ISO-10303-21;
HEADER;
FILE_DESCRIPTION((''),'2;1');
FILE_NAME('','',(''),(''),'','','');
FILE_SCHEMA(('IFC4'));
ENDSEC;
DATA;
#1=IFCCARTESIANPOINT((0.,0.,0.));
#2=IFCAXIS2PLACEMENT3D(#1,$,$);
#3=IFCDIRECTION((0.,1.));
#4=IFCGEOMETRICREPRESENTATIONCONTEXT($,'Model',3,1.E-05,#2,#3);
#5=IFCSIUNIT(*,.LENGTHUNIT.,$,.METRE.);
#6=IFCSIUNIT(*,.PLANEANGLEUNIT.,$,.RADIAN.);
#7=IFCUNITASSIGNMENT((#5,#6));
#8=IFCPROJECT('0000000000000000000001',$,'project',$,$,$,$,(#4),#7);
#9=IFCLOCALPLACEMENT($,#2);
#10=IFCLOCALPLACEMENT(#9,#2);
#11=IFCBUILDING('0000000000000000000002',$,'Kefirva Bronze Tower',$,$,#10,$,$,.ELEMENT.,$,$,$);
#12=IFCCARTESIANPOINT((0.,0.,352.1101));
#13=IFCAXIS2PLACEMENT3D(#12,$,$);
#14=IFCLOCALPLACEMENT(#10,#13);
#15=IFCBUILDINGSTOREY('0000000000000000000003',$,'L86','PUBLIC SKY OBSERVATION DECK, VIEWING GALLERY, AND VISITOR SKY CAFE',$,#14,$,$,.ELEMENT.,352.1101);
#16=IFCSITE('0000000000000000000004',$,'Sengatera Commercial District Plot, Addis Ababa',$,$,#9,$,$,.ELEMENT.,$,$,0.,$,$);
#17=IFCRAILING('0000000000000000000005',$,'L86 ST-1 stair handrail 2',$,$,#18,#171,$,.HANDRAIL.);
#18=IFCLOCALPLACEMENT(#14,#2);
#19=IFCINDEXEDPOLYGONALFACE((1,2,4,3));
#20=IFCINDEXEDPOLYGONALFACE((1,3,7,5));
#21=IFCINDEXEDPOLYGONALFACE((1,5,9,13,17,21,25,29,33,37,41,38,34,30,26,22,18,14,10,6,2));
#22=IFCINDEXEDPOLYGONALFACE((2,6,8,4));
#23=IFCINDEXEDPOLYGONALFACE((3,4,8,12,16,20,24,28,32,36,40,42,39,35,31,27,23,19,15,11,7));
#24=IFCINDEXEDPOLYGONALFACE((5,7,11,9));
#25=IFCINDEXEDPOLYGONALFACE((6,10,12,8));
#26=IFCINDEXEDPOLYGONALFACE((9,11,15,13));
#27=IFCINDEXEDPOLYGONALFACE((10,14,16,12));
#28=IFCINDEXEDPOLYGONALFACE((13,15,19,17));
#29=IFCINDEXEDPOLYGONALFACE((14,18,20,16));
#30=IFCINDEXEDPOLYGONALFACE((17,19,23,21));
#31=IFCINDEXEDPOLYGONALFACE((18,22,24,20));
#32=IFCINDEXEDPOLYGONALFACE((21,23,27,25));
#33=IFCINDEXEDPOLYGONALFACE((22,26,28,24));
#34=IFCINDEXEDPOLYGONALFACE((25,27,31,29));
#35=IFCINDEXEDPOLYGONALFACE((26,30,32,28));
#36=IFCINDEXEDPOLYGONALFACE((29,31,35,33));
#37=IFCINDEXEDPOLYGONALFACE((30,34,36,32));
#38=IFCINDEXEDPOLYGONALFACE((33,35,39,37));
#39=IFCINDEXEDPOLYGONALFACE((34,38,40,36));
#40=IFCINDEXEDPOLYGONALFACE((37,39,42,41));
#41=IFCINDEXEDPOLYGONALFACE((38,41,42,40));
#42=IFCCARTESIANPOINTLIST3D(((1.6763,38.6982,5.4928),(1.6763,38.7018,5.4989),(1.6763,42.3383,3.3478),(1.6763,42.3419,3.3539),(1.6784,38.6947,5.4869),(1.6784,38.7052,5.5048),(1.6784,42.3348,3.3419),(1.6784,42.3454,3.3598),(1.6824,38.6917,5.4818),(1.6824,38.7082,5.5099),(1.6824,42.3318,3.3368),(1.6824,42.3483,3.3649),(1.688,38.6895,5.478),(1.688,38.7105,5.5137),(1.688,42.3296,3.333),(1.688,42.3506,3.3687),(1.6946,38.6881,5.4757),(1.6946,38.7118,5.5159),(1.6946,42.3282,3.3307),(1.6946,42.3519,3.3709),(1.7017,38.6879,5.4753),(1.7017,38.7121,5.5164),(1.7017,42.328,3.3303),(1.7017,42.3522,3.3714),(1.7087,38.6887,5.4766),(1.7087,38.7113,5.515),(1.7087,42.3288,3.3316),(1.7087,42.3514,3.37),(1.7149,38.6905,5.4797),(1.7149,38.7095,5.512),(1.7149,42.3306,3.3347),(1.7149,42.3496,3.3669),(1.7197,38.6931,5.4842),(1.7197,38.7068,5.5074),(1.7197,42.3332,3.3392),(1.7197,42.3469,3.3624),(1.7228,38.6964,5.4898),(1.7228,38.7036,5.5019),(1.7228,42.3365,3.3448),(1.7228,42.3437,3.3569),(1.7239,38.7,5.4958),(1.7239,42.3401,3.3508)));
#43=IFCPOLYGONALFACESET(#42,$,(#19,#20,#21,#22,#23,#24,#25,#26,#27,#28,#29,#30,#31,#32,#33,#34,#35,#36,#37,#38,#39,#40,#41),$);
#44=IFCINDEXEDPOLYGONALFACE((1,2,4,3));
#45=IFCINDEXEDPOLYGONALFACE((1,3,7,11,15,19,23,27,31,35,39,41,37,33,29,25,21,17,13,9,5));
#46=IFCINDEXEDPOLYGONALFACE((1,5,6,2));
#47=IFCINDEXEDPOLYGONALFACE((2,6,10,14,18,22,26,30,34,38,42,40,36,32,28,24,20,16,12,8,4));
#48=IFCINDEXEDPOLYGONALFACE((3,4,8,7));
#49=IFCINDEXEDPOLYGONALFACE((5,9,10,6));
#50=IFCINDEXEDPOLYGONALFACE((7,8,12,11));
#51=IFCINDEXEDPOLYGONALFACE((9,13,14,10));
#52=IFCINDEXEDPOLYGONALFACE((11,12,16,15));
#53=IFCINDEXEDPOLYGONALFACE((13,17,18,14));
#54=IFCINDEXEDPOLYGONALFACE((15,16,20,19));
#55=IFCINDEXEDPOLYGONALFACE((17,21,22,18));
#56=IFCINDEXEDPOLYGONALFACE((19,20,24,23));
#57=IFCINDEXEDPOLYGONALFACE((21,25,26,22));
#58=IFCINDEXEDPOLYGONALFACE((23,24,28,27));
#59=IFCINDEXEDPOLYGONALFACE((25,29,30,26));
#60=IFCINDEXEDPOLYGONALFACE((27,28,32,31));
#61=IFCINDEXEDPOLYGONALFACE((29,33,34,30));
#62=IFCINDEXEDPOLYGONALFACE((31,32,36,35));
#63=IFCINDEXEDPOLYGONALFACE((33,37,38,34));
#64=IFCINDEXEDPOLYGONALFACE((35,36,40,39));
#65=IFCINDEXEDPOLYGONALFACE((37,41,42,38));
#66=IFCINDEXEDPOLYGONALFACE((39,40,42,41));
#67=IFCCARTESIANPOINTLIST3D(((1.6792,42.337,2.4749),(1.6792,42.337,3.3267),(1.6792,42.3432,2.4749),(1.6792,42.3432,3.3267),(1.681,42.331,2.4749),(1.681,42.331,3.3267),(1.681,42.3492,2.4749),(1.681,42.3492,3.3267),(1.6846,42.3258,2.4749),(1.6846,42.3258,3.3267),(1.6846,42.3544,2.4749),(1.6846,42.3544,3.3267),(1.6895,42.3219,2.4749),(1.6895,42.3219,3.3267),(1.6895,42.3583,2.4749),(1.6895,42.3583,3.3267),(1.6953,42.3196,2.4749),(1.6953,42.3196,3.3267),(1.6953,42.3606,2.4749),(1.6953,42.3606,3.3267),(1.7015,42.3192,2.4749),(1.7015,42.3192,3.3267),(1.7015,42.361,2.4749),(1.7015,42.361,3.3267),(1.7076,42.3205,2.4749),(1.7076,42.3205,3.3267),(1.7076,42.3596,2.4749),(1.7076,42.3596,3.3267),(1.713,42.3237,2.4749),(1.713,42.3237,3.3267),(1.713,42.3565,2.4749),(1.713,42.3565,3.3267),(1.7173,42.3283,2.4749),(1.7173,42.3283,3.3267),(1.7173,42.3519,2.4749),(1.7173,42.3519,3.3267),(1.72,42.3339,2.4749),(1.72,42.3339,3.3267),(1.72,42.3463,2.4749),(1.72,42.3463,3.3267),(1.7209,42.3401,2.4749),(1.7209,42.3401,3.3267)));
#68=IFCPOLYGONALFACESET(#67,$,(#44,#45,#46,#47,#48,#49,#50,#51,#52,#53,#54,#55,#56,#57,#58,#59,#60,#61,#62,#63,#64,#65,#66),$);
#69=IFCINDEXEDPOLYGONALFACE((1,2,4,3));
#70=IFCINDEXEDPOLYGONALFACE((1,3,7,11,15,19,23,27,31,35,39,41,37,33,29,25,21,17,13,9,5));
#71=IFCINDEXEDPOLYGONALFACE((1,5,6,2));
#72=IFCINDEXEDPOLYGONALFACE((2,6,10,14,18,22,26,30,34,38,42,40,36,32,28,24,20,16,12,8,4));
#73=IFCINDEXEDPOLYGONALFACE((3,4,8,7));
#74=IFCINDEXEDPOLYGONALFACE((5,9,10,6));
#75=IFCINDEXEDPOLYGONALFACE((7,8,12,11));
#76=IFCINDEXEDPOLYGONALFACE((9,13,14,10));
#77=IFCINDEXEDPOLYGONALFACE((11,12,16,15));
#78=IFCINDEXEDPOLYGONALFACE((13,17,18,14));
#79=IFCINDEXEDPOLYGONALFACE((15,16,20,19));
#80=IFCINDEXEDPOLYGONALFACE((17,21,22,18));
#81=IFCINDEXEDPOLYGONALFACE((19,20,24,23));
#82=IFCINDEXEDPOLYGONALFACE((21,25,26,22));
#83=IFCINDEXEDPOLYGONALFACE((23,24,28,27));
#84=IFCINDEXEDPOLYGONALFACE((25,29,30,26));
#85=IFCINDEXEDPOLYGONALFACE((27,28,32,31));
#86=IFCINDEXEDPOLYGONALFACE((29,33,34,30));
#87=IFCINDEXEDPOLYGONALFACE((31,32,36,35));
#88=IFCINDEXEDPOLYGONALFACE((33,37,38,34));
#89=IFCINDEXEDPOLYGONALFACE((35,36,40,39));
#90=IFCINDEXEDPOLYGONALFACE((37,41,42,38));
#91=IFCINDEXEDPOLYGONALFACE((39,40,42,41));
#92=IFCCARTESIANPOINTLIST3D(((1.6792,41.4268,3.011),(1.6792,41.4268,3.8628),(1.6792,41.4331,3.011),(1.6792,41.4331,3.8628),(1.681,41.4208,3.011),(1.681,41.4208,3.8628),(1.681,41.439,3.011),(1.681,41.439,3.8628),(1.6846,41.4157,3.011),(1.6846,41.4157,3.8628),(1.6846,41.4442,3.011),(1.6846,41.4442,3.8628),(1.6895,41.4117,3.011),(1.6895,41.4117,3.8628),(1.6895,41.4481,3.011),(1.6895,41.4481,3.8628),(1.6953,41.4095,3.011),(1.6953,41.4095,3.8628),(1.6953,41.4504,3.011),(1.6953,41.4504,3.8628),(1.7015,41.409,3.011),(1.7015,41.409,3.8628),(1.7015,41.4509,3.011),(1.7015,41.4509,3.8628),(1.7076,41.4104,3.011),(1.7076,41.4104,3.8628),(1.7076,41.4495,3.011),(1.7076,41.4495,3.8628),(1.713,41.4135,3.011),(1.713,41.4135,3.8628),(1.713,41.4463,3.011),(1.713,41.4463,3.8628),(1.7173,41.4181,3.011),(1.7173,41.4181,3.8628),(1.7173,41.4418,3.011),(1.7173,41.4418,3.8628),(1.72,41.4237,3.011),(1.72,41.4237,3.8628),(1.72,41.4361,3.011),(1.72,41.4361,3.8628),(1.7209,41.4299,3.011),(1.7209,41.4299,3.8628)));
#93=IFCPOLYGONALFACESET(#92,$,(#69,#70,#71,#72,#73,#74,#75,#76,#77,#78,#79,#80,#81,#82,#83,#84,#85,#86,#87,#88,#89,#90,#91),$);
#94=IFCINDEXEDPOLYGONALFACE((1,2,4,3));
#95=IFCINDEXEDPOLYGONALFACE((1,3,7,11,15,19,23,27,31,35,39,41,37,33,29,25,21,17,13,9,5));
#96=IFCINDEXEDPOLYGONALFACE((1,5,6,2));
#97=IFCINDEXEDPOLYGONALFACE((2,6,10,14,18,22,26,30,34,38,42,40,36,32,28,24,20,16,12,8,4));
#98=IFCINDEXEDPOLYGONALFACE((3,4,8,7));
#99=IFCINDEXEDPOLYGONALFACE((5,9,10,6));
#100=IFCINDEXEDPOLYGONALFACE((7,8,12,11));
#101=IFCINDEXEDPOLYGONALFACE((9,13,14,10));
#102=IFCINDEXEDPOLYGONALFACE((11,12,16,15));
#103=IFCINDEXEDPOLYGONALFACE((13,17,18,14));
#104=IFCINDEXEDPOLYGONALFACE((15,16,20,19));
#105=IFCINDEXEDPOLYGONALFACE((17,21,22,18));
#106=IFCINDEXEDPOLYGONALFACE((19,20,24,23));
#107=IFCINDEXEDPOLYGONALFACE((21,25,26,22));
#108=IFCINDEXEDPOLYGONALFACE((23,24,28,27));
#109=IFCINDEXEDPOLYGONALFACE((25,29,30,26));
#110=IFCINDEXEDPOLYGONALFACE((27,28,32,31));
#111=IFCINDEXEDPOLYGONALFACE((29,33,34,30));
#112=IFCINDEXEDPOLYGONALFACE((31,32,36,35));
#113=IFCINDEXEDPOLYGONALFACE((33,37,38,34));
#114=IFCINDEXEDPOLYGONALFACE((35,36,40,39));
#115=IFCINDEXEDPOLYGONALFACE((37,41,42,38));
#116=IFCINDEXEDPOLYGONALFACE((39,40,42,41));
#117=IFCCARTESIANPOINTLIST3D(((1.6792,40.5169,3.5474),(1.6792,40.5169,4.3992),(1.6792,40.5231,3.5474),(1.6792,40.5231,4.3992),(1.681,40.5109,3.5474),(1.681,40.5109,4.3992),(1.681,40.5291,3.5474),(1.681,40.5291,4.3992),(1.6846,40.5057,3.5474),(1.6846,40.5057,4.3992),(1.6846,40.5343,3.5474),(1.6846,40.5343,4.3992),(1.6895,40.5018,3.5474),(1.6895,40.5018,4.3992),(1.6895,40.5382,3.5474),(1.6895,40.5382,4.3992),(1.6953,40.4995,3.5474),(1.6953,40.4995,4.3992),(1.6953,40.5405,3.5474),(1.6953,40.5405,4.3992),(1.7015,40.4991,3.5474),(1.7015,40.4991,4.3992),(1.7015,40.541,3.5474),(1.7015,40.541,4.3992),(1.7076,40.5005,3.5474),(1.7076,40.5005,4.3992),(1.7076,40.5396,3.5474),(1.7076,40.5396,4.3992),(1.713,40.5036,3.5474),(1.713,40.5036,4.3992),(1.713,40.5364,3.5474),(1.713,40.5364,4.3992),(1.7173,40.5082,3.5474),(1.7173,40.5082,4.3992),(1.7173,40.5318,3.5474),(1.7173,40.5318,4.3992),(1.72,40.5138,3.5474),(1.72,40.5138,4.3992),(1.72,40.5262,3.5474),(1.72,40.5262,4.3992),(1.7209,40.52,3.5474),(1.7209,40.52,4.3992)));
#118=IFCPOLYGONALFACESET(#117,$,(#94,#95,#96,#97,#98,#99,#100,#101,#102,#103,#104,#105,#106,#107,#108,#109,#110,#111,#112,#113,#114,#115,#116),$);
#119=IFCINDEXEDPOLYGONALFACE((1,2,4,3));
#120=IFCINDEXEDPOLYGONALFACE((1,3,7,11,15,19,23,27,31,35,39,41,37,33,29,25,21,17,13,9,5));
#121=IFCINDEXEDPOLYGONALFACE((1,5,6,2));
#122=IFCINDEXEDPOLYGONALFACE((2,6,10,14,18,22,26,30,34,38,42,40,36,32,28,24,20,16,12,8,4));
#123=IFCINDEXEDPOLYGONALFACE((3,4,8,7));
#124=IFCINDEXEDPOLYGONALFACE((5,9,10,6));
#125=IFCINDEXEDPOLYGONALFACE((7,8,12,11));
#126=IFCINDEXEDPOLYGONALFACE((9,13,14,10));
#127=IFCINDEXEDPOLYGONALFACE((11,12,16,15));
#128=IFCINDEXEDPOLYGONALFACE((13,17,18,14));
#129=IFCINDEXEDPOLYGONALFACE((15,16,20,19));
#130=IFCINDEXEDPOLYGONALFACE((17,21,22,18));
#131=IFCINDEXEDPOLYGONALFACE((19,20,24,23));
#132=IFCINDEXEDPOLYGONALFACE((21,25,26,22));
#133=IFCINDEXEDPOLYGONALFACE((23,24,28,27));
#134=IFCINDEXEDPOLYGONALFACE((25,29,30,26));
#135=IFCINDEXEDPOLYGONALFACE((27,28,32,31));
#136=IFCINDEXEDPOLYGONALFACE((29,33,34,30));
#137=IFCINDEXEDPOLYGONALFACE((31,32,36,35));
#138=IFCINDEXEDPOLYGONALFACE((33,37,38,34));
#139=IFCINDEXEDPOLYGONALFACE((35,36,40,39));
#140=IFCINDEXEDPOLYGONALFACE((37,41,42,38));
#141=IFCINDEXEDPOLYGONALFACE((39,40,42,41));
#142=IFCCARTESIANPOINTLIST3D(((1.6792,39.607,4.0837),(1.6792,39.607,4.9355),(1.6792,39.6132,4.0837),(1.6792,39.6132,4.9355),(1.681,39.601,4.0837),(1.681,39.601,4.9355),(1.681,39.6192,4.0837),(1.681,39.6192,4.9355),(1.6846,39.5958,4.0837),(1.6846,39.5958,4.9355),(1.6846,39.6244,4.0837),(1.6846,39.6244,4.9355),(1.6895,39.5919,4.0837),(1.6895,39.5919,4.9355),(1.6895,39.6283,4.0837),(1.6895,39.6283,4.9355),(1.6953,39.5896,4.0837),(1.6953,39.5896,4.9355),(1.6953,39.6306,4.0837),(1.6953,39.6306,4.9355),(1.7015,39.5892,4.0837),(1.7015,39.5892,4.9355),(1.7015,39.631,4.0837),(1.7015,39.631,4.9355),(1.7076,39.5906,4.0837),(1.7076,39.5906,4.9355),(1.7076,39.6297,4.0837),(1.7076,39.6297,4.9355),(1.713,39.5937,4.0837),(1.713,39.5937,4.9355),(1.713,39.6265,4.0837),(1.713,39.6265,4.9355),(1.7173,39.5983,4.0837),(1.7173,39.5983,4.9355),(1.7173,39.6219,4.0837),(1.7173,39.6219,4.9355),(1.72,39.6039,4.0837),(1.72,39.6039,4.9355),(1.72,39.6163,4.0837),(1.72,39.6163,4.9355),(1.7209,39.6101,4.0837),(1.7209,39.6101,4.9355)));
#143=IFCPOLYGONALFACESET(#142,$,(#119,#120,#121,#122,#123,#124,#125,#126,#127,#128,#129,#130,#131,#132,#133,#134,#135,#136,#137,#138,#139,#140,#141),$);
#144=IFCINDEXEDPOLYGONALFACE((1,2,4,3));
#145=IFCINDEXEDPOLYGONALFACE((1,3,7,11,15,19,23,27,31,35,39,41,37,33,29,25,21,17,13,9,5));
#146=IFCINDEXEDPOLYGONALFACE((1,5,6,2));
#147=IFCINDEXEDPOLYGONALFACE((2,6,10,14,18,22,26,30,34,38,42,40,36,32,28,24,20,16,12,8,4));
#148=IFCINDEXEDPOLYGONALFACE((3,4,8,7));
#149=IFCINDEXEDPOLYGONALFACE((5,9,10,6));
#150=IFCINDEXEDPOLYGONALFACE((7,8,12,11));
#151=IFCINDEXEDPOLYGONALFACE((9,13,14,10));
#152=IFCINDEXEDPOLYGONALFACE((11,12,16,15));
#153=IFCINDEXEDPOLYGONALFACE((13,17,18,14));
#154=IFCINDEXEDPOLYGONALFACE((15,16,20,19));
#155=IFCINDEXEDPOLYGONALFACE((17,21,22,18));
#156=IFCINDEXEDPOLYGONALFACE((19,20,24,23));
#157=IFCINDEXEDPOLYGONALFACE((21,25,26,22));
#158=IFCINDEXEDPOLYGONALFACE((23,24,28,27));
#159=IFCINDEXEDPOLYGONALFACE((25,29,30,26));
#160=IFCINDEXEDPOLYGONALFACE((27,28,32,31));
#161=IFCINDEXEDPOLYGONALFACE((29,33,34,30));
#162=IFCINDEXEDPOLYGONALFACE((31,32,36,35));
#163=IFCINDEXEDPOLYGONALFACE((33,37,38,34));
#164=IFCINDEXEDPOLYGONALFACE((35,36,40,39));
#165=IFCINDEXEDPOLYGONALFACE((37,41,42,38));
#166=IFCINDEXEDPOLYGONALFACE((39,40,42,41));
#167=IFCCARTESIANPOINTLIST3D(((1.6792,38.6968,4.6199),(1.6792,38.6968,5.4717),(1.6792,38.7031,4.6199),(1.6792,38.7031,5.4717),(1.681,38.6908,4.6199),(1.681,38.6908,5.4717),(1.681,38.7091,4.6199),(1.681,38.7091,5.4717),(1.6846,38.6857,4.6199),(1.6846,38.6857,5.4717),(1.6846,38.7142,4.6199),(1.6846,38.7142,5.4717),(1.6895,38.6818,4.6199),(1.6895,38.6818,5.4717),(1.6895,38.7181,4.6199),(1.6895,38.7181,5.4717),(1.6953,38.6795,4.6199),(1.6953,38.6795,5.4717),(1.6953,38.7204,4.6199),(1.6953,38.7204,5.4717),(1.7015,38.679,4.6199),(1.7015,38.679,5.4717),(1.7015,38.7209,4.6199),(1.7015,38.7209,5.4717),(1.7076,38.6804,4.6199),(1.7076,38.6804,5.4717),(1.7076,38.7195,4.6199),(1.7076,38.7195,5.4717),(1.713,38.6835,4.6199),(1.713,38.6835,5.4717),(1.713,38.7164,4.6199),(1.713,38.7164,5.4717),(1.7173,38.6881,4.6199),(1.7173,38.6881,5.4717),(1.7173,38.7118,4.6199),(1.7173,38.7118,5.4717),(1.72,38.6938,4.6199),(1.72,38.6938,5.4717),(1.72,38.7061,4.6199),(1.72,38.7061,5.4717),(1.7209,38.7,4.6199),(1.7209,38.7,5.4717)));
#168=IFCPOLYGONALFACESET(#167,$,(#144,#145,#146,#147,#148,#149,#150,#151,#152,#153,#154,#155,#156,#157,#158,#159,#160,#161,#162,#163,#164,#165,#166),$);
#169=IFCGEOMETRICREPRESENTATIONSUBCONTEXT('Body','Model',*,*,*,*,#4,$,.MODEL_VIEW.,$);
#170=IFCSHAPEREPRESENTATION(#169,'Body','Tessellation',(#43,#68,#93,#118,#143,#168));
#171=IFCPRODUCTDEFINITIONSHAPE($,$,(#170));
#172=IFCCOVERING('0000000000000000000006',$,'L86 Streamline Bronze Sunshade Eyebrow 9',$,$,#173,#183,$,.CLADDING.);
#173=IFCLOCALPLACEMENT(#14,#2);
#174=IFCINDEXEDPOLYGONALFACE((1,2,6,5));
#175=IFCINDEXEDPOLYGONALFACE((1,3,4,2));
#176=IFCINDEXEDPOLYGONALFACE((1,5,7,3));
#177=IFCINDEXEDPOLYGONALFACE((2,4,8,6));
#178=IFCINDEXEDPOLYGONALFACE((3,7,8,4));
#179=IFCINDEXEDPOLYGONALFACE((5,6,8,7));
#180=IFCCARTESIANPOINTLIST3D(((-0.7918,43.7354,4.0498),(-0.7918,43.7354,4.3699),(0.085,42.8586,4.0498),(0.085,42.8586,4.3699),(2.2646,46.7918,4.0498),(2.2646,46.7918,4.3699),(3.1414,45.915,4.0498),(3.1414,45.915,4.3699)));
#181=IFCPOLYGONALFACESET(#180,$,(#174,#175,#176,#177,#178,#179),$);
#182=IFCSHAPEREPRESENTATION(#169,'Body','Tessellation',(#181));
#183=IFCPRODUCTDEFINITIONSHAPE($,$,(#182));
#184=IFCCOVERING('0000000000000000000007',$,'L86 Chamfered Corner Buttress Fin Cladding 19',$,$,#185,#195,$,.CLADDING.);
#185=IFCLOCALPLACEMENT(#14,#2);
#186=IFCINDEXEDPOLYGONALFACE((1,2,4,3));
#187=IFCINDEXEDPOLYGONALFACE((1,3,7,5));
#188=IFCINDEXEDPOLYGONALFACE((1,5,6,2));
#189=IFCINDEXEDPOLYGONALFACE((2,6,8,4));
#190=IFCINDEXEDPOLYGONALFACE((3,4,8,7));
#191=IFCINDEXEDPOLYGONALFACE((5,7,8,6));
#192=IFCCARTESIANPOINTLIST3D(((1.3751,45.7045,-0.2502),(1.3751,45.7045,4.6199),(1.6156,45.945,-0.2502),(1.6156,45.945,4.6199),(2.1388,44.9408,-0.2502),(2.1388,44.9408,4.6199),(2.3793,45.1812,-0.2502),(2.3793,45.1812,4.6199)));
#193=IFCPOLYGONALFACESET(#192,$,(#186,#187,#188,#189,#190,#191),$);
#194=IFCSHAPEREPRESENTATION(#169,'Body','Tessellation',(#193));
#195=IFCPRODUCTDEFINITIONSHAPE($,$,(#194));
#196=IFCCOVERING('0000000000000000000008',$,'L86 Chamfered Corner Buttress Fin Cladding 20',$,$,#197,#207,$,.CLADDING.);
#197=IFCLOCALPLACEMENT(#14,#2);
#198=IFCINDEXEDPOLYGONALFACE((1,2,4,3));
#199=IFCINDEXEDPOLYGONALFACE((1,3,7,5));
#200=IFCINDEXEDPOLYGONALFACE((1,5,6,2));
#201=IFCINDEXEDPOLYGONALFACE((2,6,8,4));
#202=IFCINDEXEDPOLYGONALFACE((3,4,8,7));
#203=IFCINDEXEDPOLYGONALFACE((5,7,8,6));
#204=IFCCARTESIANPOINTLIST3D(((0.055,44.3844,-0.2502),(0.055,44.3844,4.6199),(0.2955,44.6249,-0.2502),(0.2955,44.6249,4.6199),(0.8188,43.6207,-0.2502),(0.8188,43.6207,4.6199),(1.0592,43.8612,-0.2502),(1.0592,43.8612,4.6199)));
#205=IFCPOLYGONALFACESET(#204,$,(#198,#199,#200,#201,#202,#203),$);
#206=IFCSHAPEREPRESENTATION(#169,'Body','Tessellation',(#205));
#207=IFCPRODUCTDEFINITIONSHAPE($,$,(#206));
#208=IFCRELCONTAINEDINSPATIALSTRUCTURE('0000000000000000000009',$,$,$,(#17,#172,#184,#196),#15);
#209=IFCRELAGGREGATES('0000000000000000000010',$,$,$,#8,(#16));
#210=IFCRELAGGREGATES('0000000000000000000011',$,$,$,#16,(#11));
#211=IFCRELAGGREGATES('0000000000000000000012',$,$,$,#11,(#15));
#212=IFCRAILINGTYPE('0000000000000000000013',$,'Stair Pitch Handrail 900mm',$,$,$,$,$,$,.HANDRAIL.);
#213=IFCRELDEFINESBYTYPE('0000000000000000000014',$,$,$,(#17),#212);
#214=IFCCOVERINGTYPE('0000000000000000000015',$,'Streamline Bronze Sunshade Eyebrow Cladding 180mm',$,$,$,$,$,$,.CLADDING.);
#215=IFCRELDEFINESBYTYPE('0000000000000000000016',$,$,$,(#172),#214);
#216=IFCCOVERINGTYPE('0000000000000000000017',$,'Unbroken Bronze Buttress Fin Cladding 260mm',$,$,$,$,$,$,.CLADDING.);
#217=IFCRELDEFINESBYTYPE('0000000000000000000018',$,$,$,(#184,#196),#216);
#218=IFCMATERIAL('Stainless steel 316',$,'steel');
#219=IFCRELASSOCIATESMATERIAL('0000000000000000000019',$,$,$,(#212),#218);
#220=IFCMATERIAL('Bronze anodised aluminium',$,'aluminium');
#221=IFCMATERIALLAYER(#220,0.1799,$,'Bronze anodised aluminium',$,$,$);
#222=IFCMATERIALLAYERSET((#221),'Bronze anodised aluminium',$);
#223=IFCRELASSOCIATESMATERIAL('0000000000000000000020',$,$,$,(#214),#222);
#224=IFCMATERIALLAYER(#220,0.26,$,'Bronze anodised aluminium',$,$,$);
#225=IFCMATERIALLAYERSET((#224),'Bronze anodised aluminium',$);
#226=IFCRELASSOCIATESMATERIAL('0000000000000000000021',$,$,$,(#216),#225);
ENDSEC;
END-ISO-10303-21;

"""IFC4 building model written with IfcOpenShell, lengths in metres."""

from ifc_helpers import new_model, si_unit, direction, frame, origin, origin_2d, place, context, subcontext, project, spatial, rectangle, circle, extrude, material, layer, layer_set, type_object, element, save


model = new_model("IFC4")

# Units and contexts
model_context = context("Model", 3, precision=1e-05, world=origin(), true_north=direction((0.0, 1.0)))
body_context = subcontext(model_context, "Body", "Model", "MODEL_VIEW")
ifc_project = project(units=[si_unit("LENGTHUNIT", "METRE"), si_unit("PLANEANGLEUNIT", "RADIAN")], contexts=[model_context])

# Site, building, storey
site_placement = place(None, origin())
site = spatial("IfcSite", under=ifc_project, at=site_placement, Name="Sengatera Commercial District Plot, Addis Ababa", CompositionType="ELEMENT", RefElevation=0.0)
building_placement = place(site_placement, origin())
building = spatial("IfcBuilding", under=site, at=building_placement, Name="Kefirva Bronze Tower", CompositionType="ELEMENT")
storey_placement = place(building_placement, frame((0.0, 0.0, 352.1101)))
storey = spatial("IfcBuildingStorey", under=building, at=storey_placement, Name="L86", Description="PUBLIC SKY OBSERVATION DECK, VIEWING GALLERY, AND VISITOR SKY CAFE", CompositionType="ELEMENT", Elevation=352.1101)

# Shared definitions
ifc_material_1 = material(Name="Bronze anodised aluminium", Category="aluminium")

# Railing
ifc_material_2 = material(Name="Stainless steel 316", Category="steel")
railing_type_1 = type_object("IfcRailingType", Name="Stair Pitch Handrail 900mm", PredefinedType="HANDRAIL", material=ifc_material_2)
railing_1_placement = place(storey_placement, frame((1.7, 42.3401, 2.4749)))
element("IfcRailing", 1, at=railing_1_placement, inside=storey, type_object=railing_type_1, Name="L86 ST-1 stair handrail 2", PredefinedType="HANDRAIL", context=body_context, shape_type="SweptSolid", body=[
    extrude(circle(Radius=0.0239, at=origin_2d()), frame((0.0, 0.0, 0.876), z_axis=(0.0, -0.861545, 0.507682), x_axis=(1.0, 0.0, 0.0)), (0.0, 0.0, 1.0), 4.2251),
    extrude(circle(Radius=0.021, at=origin_2d()), origin(), (0.0, 0.0, 1.0), 0.8518),
    extrude(circle(Radius=0.021, at=origin_2d()), frame((0.0, -0.9102, 0.5361)), (0.0, 0.0, 1.0), 0.8518),
    extrude(circle(Radius=0.021, at=origin_2d()), frame((0.0, -1.8201, 1.0725)), (0.0, 0.0, 1.0), 0.8518),
    extrude(circle(Radius=0.021, at=origin_2d()), frame((0.0, -2.73, 1.6089)), (0.0, 0.0, 1.0), 0.8518),
    extrude(circle(Radius=0.021, at=origin_2d()), frame((0.0, -3.6401, 2.145)), (0.0, 0.0, 1.0), 0.8518),
])

# Coverings
ifc_layer_1 = layer(ifc_material_1, 0.1799, Name="Bronze anodised aluminium")
ifc_layer_set_1 = layer_set([ifc_layer_1], Name="Bronze anodised aluminium")
covering_type_1 = type_object("IfcCoveringType", Name="Streamline Bronze Sunshade Eyebrow Cladding 180mm", PredefinedType="CLADDING", material=ifc_layer_set_1)
covering_1_placement = place(storey_placement, frame((1.1748, 44.8252, 4.0498), z_axis=(0.0, 0.0, 1.0), x_axis=(-0.707107, -0.707107, 0.0)))
element("IfcCovering", 2, at=covering_1_placement, inside=storey, type_object=covering_type_1, Name="L86 Streamline Bronze Sunshade Eyebrow 9", PredefinedType="CLADDING", context=body_context, shape_type="SweptSolid", body=[
    extrude(rectangle(XDim=4.3225, YDim=1.24, at=origin_2d()), origin(), (0.0, 0.0, 1.0), 0.3201),
])
ifc_layer_2 = layer(ifc_material_1, 0.26, Name="Bronze anodised aluminium")
ifc_layer_set_2 = layer_set([ifc_layer_2], Name="Bronze anodised aluminium")
covering_type_2 = type_object("IfcCoveringType", Name="Unbroken Bronze Buttress Fin Cladding 260mm", PredefinedType="CLADDING", material=ifc_layer_set_2)
for number, where, z_axis, x_axis, name in (
    (3, (1.8772, 45.4429, -0.2502), (0.0, 0.0, 1.0), (-0.707107, -0.707107, 0.0), "L86 Chamfered Corner Buttress Fin Cladding 19"),
    (4, (0.5571, 44.1228, -0.2502), (0.0, 0.0, 1.0), (-0.707107, -0.707107, 0.0), "L86 Chamfered Corner Buttress Fin Cladding 20"),
):
    element("IfcCovering", number, at=place(storey_placement, frame(where, z_axis=z_axis, x_axis=x_axis)), inside=storey, type_object=covering_type_2, Name=name, PredefinedType="CLADDING", context=body_context, shape_type="SweptSolid", body=[
        extrude(rectangle(XDim=0.3401, YDim=1.0801, at=origin_2d()), origin(), (0.0, 0.0, 1.0), 4.8701),
    ])

save(model, "model.ifc")
